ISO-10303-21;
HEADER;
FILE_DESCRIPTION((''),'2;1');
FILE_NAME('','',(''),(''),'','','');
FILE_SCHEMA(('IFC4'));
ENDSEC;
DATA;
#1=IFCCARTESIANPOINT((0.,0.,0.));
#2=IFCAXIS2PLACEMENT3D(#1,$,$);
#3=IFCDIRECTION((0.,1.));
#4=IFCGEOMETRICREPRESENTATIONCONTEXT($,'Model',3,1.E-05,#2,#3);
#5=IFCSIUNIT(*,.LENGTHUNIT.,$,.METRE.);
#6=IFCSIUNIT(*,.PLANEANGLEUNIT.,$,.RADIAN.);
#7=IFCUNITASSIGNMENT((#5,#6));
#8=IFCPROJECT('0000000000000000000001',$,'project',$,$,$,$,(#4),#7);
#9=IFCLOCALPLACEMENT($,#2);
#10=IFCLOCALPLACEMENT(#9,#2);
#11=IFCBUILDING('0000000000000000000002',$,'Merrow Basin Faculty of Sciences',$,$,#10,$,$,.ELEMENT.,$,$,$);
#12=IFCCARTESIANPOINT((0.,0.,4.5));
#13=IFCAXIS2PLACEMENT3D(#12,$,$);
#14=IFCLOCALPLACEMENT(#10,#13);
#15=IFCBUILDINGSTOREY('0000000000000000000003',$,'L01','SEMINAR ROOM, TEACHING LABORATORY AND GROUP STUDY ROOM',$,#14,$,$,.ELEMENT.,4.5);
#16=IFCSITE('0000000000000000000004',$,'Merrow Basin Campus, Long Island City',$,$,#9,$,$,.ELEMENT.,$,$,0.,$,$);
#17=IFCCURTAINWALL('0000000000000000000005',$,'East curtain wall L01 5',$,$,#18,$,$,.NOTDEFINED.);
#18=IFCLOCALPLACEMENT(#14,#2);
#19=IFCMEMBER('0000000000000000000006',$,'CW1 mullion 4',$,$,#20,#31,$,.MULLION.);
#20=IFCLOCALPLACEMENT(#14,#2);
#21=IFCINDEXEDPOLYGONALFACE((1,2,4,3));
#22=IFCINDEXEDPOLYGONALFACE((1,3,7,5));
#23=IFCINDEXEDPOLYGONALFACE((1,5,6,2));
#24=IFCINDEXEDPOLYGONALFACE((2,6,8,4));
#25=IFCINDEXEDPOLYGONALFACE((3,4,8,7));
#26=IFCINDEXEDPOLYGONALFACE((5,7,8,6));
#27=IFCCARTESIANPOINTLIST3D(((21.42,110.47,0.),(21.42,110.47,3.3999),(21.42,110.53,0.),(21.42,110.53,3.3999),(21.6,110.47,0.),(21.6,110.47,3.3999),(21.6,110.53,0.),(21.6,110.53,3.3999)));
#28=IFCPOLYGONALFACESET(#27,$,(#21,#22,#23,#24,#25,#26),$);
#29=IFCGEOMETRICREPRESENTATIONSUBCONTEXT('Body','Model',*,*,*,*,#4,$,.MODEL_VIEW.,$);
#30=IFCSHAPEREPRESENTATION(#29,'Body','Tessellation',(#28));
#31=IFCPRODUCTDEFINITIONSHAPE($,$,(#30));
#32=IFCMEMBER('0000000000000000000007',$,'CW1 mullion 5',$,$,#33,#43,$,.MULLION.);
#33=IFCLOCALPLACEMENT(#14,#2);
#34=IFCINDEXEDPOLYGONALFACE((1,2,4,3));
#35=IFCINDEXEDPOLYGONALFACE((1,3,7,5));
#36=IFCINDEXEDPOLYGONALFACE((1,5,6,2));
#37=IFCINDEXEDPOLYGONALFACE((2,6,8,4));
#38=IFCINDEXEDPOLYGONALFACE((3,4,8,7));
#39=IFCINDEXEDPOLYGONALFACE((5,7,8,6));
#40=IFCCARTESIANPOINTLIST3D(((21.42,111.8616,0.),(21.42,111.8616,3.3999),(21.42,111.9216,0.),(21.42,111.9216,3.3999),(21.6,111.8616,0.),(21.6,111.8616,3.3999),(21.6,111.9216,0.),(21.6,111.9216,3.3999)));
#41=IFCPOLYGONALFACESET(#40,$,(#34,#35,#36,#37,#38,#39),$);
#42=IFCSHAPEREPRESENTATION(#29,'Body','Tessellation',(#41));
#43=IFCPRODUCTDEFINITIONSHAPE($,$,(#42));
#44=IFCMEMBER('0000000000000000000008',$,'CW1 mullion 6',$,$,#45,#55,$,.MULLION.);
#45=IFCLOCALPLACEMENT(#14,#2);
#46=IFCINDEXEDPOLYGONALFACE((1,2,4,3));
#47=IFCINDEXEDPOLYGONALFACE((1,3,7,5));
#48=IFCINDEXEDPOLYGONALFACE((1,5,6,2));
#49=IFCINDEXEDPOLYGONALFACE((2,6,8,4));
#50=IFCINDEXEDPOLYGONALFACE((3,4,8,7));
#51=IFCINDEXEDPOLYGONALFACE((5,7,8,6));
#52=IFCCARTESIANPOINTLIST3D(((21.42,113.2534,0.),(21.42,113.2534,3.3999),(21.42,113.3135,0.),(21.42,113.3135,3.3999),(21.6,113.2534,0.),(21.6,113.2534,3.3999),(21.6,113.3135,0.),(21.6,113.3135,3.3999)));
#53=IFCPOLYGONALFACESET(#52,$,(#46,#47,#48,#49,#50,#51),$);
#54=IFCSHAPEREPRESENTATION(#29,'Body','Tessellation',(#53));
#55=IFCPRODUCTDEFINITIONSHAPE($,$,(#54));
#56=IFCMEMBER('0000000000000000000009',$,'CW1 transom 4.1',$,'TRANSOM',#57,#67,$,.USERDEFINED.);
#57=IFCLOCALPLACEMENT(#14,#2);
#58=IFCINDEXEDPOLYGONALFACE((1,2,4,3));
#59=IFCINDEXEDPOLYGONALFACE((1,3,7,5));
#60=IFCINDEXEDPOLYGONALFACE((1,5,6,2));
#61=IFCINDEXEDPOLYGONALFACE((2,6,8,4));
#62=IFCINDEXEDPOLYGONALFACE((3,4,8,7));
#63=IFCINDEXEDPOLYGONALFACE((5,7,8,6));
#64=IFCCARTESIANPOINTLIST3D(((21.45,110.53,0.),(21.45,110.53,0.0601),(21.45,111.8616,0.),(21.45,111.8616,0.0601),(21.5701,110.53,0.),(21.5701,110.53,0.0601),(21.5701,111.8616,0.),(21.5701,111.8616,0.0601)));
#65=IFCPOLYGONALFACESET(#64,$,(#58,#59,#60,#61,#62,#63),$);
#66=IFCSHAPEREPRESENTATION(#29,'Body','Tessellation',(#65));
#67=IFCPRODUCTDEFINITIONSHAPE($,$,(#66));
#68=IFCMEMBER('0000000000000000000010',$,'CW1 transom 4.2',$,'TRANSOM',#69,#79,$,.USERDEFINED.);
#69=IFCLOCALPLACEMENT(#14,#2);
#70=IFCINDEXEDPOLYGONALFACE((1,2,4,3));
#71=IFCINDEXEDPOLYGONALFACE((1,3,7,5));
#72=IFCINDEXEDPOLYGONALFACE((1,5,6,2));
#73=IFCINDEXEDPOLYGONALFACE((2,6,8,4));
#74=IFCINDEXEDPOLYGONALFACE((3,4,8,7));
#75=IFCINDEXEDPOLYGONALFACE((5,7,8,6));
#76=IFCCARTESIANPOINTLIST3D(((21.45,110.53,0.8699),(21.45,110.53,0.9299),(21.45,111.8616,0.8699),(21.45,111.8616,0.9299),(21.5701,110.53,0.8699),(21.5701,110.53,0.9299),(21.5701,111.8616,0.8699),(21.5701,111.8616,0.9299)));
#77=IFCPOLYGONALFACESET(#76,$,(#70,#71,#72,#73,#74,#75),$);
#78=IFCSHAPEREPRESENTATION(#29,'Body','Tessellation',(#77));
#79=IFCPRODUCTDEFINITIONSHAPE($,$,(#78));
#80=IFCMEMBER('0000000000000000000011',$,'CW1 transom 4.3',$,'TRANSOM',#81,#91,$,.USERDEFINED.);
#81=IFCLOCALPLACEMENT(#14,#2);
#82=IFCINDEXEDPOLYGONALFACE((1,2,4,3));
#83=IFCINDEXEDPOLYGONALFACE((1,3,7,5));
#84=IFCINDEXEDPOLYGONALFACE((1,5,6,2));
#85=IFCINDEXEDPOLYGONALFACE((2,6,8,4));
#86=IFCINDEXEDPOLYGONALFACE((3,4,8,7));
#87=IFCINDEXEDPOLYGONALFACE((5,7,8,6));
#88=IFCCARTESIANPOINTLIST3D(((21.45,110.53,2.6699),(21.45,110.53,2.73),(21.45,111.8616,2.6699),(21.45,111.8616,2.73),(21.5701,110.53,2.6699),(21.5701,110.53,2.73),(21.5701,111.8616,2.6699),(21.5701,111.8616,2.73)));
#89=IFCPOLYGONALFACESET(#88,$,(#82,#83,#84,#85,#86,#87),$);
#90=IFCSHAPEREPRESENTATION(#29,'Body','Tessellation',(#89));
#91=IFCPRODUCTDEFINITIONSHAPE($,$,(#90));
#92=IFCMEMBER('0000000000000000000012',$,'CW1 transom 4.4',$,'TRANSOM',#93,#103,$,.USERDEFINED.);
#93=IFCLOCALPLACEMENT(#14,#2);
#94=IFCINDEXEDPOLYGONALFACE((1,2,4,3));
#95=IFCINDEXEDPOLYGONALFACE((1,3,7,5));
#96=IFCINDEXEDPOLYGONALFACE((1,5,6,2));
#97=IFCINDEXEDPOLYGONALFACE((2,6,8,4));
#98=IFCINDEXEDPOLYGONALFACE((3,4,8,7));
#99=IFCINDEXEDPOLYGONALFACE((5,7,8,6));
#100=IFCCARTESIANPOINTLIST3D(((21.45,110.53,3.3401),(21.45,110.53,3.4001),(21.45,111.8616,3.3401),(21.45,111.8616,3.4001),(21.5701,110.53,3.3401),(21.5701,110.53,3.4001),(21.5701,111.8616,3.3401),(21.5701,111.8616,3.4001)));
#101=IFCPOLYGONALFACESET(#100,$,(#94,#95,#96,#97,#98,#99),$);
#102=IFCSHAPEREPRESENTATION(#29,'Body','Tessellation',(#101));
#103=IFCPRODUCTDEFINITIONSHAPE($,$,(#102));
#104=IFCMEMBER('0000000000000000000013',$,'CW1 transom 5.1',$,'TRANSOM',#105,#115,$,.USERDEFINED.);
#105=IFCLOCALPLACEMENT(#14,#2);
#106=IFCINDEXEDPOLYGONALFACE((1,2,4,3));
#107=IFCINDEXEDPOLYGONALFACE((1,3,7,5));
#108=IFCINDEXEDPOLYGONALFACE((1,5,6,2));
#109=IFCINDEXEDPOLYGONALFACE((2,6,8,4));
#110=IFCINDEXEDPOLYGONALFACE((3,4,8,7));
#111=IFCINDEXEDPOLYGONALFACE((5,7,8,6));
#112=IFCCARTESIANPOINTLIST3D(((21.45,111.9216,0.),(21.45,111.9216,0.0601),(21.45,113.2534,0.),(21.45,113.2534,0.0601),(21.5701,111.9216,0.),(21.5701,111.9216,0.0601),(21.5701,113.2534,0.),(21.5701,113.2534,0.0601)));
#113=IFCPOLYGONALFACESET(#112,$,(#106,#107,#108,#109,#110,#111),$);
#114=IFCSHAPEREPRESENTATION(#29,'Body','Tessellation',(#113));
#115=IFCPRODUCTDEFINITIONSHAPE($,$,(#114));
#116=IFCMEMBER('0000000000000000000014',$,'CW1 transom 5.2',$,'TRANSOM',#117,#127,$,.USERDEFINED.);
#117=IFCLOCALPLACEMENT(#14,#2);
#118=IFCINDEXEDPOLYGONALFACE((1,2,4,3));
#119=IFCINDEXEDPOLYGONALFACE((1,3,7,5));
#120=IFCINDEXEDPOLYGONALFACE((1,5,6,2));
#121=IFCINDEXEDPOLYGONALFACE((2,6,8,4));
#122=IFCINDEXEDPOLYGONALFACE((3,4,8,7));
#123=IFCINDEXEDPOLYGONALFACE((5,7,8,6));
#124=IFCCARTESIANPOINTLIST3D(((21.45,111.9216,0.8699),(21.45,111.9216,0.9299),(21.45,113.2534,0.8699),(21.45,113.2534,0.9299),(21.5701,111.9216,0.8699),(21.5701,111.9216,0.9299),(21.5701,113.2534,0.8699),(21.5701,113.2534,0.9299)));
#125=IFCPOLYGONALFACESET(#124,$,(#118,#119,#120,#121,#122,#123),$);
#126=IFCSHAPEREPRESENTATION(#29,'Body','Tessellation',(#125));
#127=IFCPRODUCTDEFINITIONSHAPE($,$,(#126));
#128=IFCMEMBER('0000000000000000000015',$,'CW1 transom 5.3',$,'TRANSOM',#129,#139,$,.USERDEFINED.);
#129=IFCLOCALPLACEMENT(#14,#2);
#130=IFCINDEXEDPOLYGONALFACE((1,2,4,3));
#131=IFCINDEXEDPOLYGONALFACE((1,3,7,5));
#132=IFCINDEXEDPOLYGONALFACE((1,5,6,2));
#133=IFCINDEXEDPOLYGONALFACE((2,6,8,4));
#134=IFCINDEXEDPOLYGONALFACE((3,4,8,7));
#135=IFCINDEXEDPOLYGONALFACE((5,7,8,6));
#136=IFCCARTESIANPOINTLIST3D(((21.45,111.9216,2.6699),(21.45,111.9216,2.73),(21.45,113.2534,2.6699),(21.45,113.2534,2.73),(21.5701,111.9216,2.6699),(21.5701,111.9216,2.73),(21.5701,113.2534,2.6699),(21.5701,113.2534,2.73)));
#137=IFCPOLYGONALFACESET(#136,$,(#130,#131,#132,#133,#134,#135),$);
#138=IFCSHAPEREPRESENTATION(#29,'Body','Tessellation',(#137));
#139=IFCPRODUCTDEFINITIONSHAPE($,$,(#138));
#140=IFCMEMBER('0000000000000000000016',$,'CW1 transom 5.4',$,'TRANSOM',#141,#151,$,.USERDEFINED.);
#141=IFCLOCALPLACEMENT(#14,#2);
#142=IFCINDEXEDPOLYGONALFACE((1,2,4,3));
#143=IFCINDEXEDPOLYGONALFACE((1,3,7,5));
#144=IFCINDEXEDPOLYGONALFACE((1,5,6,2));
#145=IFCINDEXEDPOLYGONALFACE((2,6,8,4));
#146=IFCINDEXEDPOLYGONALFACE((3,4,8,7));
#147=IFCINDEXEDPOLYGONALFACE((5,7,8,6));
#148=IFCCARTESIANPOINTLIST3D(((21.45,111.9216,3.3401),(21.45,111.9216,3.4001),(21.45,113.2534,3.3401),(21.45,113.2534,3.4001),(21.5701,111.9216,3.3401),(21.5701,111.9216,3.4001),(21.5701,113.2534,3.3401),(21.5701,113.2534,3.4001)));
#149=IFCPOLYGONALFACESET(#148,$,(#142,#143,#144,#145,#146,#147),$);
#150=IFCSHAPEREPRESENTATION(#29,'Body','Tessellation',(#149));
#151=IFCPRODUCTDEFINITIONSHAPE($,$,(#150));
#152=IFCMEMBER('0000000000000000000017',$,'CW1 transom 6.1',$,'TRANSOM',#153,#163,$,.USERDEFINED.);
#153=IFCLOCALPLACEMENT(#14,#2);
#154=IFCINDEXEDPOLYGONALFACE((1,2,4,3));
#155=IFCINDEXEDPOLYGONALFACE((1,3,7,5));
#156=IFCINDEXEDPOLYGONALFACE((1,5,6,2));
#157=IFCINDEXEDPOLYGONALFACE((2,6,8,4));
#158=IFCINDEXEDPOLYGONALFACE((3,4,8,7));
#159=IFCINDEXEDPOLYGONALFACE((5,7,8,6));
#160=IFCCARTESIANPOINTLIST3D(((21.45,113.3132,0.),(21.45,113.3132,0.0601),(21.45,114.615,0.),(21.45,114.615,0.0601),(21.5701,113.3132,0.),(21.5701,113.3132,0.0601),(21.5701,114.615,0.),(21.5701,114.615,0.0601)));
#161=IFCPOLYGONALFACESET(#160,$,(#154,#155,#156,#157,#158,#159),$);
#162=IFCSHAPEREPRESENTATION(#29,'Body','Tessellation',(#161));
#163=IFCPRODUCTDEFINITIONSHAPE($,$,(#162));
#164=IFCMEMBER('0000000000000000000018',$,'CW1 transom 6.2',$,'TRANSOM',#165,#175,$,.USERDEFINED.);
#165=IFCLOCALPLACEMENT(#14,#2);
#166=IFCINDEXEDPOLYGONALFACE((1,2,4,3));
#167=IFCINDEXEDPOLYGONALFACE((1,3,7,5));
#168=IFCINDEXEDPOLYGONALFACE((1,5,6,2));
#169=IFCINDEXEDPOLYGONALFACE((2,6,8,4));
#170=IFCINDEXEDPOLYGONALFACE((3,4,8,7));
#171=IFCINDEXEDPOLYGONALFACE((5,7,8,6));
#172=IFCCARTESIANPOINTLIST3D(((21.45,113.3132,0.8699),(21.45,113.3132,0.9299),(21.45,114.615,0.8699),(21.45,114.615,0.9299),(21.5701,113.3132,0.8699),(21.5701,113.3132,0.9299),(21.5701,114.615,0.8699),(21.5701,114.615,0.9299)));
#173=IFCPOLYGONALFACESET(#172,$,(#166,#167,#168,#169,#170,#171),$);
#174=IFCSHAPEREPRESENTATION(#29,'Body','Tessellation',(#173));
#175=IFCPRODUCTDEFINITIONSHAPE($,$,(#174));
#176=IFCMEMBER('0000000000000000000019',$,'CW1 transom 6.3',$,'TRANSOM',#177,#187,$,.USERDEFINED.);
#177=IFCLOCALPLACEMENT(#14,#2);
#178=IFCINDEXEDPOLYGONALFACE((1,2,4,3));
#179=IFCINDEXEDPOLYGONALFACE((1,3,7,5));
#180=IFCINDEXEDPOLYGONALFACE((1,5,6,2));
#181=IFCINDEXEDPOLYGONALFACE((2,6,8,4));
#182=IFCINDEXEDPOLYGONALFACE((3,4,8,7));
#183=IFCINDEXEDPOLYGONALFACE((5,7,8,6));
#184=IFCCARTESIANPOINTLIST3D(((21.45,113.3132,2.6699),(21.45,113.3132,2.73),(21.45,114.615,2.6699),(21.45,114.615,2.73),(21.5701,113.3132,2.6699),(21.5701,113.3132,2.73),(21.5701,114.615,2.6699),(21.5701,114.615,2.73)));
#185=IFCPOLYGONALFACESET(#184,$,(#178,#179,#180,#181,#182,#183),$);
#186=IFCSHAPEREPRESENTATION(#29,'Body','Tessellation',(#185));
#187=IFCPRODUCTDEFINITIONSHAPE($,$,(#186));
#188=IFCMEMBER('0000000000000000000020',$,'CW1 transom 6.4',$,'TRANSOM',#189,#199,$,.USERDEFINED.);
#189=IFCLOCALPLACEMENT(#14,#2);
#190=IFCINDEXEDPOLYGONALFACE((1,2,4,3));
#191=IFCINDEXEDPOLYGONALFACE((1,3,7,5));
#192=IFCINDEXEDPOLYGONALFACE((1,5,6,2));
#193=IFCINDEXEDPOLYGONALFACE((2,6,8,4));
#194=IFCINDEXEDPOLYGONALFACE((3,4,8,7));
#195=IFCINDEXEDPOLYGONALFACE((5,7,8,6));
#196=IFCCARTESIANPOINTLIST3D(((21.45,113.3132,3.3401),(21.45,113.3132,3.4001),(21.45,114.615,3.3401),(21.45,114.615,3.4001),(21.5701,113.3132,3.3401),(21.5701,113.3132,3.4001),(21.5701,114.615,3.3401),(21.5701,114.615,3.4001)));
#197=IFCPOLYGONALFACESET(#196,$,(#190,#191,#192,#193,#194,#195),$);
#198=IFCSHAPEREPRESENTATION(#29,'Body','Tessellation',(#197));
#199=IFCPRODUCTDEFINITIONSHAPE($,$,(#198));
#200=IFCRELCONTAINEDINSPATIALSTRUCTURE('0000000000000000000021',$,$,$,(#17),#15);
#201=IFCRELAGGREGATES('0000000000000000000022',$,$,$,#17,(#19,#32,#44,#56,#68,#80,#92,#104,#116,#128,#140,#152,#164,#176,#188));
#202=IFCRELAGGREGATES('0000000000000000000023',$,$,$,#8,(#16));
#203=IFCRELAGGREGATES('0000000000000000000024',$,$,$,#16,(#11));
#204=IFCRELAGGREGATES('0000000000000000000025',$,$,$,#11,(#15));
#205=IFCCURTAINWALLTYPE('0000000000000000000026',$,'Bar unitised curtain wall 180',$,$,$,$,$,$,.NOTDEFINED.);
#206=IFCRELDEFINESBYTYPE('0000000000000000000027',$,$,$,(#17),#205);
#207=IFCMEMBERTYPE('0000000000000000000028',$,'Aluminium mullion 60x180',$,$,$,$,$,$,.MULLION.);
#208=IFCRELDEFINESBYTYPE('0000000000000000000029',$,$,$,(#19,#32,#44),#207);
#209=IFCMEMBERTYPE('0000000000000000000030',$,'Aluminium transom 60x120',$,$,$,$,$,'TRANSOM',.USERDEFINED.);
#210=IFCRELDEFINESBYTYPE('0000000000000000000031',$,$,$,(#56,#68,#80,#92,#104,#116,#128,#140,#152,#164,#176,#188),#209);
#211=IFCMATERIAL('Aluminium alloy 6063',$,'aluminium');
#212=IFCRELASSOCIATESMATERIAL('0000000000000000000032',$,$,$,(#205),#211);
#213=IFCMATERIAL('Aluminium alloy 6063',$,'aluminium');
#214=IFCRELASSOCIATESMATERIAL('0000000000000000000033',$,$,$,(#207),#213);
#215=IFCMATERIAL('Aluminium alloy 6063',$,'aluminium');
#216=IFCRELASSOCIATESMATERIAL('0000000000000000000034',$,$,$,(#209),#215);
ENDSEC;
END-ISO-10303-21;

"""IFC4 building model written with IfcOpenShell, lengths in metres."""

from ifc_helpers import new_model, si_unit, direction, frame, origin, origin_2d, place, context, subcontext, project, spatial, rectangle, extrude, material, material_profile, profile_set, type_object, element, aggregate, save


model = new_model("IFC4")

# Units and contexts
model_context = context("Model", 3, precision=1e-05, world=origin(), true_north=direction((0.0, 1.0)))
body_context = subcontext(model_context, "Body", "Model", "MODEL_VIEW")
ifc_project = project(units=[si_unit("LENGTHUNIT", "METRE"), si_unit("PLANEANGLEUNIT", "RADIAN")], contexts=[model_context])

# Site, building, storey
site_placement = place(None, origin())
site = spatial("IfcSite", under=ifc_project, at=site_placement, Name="Merrow Basin Campus, Long Island City", CompositionType="ELEMENT", RefElevation=0.0)
building_placement = place(site_placement, origin())
building = spatial("IfcBuilding", under=site, at=building_placement, Name="Merrow Basin Faculty of Sciences", CompositionType="ELEMENT")
storey_placement = place(building_placement, frame((0.0, 0.0, 4.5)))
storey = spatial("IfcBuildingStorey", under=building, at=storey_placement, Name="L01", Description="SEMINAR ROOM, TEACHING LABORATORY AND GROUP STUDY ROOM", CompositionType="ELEMENT", Elevation=4.5)

# Curtain wall, members
ifc_material_1 = material(Name="Aluminium alloy 6063", Category="aluminium")
curtain_wall_type = type_object("IfcCurtainWallType", Name="Bar unitised curtain wall 180", PredefinedType="NOTDEFINED", material=ifc_material_1)
curtain_wall_placement = place(storey_placement, origin())
curtain_wall = element("IfcCurtainWall", 1, at=curtain_wall_placement, inside=storey, type_object=curtain_wall_type, Name="East curtain wall L01 5", PredefinedType="NOTDEFINED")
ifc_material_2 = material(Name="Aluminium alloy 6063", Category="aluminium")
ifc_material_profile_1 = material_profile(ifc_material_2, rectangle(XDim=0.1799, YDim=0.0601, at=origin_2d()))
ifc_profile_set_1 = profile_set([ifc_material_profile_1], Name="Aluminium alloy 6063")
member_type_1 = type_object("IfcMemberType", Name="Aluminium mullion 60x180", PredefinedType="MULLION", material=ifc_profile_set_1)
member_1_placement = place(storey_placement, frame((21.51, 110.5, 0.0), z_axis=(0.0, 0.0, 1.0), x_axis=(-1.0, 0.0, 0.0)))
member_1 = element("IfcMember", 2, at=member_1_placement, type_object=member_type_1, Name="CW1 mullion 4", PredefinedType="MULLION", context=body_context, shape_type="SweptSolid", body=[
    extrude(rectangle(XDim=0.1799, YDim=0.0601, at=origin_2d()), origin(), (0.0, 0.0, 1.0), 3.3999),
])
member_2_placement = place(storey_placement, frame((21.51, 111.8916, 0.0), z_axis=(0.0, 0.0, 1.0), x_axis=(-1.0, 0.0, 0.0)))
member_2 = element("IfcMember", 3, at=member_2_placement, type_object=member_type_1, Name="CW1 mullion 5", PredefinedType="MULLION", context=body_context, shape_type="SweptSolid", body=[
    extrude(rectangle(XDim=0.1799, YDim=0.0601, at=origin_2d()), origin(), (0.0, 0.0, 1.0), 3.3999),
])
member_3_placement = place(storey_placement, frame((21.51, 113.2834, 0.0), z_axis=(0.0, 0.0, 1.0), x_axis=(-1.0, 0.0, 0.0)))
member_3 = element("IfcMember", 4, at=member_3_placement, type_object=member_type_1, Name="CW1 mullion 6", PredefinedType="MULLION", context=body_context, shape_type="SweptSolid", body=[
    extrude(rectangle(XDim=0.1799, YDim=0.0601, at=origin_2d()), origin(), (0.0, 0.0, 1.0), 3.3999),
])
ifc_material_3 = material(Name="Aluminium alloy 6063", Category="aluminium")
ifc_material_profile_2 = material_profile(ifc_material_3, rectangle(XDim=0.1201, YDim=0.0601, at=origin_2d()))
ifc_profile_set_2 = profile_set([ifc_material_profile_2], Name="Aluminium alloy 6063")
member_type_2 = type_object("IfcMemberType", Name="Aluminium transom 60x120", ElementType="TRANSOM", PredefinedType="USERDEFINED", material=ifc_profile_set_2)
member_4_placement = place(storey_placement, frame((21.51, 110.53, 0.03), z_axis=(0.0, 1.0, 0.0), x_axis=(-1.0, 0.0, 0.0)))
member_4 = element("IfcMember", 5, at=member_4_placement, type_object=member_type_2, Name="CW1 transom 4.1", ObjectType="TRANSOM", PredefinedType="USERDEFINED", context=body_context, shape_type="SweptSolid", body=[
    extrude(rectangle(XDim=0.1201, YDim=0.0601, at=origin_2d()), origin(), (0.0, 0.0, 1.0), 1.3315),
])
member_5_placement = place(storey_placement, frame((21.51, 110.53, 0.8999), z_axis=(0.0, 1.0, 0.0), x_axis=(-1.0, 0.0, 0.0)))
member_5 = element("IfcMember", 6, at=member_5_placement, type_object=member_type_2, Name="CW1 transom 4.2", ObjectType="TRANSOM", PredefinedType="USERDEFINED", context=body_context, shape_type="SweptSolid", body=[
    extrude(rectangle(XDim=0.1201, YDim=0.0601, at=origin_2d()), origin(), (0.0, 0.0, 1.0), 1.3315),
])
member_6_placement = place(storey_placement, frame((21.51, 110.53, 2.7), z_axis=(0.0, 1.0, 0.0), x_axis=(-1.0, 0.0, 0.0)))
member_6 = element("IfcMember", 7, at=member_6_placement, type_object=member_type_2, Name="CW1 transom 4.3", ObjectType="TRANSOM", PredefinedType="USERDEFINED", context=body_context, shape_type="SweptSolid", body=[
    extrude(rectangle(XDim=0.1201, YDim=0.0601, at=origin_2d()), origin(), (0.0, 0.0, 1.0), 1.3315),
])
member_7_placement = place(storey_placement, frame((21.51, 110.53, 3.3701), z_axis=(0.0, 1.0, 0.0), x_axis=(-1.0, 0.0, 0.0)))
member_7 = element("IfcMember", 8, at=member_7_placement, type_object=member_type_2, Name="CW1 transom 4.4", ObjectType="TRANSOM", PredefinedType="USERDEFINED", context=body_context, shape_type="SweptSolid", body=[
    extrude(rectangle(XDim=0.1201, YDim=0.0601, at=origin_2d()), origin(), (0.0, 0.0, 1.0), 1.3315),
])
member_8_placement = place(storey_placement, frame((21.51, 111.9216, 0.03), z_axis=(0.0, 1.0, 0.0), x_axis=(-1.0, 0.0, 0.0)))
member_8 = element("IfcMember", 9, at=member_8_placement, type_object=member_type_2, Name="CW1 transom 5.1", ObjectType="TRANSOM", PredefinedType="USERDEFINED", context=body_context, shape_type="SweptSolid", body=[
    extrude(rectangle(XDim=0.1201, YDim=0.0601, at=origin_2d()), origin(), (0.0, 0.0, 1.0), 1.3318),
])
member_9_placement = place(storey_placement, frame((21.51, 111.9216, 0.8999), z_axis=(0.0, 1.0, 0.0), x_axis=(-1.0, 0.0, 0.0)))
member_9 = element("IfcMember", 10, at=member_9_placement, type_object=member_type_2, Name="CW1 transom 5.2", ObjectType="TRANSOM", PredefinedType="USERDEFINED", context=body_context, shape_type="SweptSolid", body=[
    extrude(rectangle(XDim=0.1201, YDim=0.0601, at=origin_2d()), origin(), (0.0, 0.0, 1.0), 1.3318),
])
member_10_placement = place(storey_placement, frame((21.51, 111.9216, 2.7), z_axis=(0.0, 1.0, 0.0), x_axis=(-1.0, 0.0, 0.0)))
member_10 = element("IfcMember", 11, at=member_10_placement, type_object=member_type_2, Name="CW1 transom 5.3", ObjectType="TRANSOM", PredefinedType="USERDEFINED", context=body_context, shape_type="SweptSolid", body=[
    extrude(rectangle(XDim=0.1201, YDim=0.0601, at=origin_2d()), origin(), (0.0, 0.0, 1.0), 1.3318),
])
member_11_placement = place(storey_placement, frame((21.51, 111.9216, 3.3701), z_axis=(0.0, 1.0, 0.0), x_axis=(-1.0, 0.0, 0.0)))
member_11 = element("IfcMember", 12, at=member_11_placement, type_object=member_type_2, Name="CW1 transom 5.4", ObjectType="TRANSOM", PredefinedType="USERDEFINED", context=body_context, shape_type="SweptSolid", body=[
    extrude(rectangle(XDim=0.1201, YDim=0.0601, at=origin_2d()), origin(), (0.0, 0.0, 1.0), 1.3318),
])
member_12_placement = place(storey_placement, frame((21.51, 113.3132, 0.03), z_axis=(0.0, 1.0, 0.0), x_axis=(-1.0, 0.0, 0.0)))
member_12 = element("IfcMember", 13, at=member_12_placement, type_object=member_type_2, Name="CW1 transom 6.1", ObjectType="TRANSOM", PredefinedType="USERDEFINED", context=body_context, shape_type="SweptSolid", body=[
    extrude(rectangle(XDim=0.1201, YDim=0.0601, at=origin_2d()), origin(), (0.0, 0.0, 1.0), 1.3018),
])
member_13_placement = place(storey_placement, frame((21.51, 113.3132, 0.8999), z_axis=(0.0, 1.0, 0.0), x_axis=(-1.0, 0.0, 0.0)))
member_13 = element("IfcMember", 14, at=member_13_placement, type_object=member_type_2, Name="CW1 transom 6.2", ObjectType="TRANSOM", PredefinedType="USERDEFINED", context=body_context, shape_type="SweptSolid", body=[
    extrude(rectangle(XDim=0.1201, YDim=0.0601, at=origin_2d()), origin(), (0.0, 0.0, 1.0), 1.3018),
])
member_14_placement = place(storey_placement, frame((21.51, 113.3132, 2.7), z_axis=(0.0, 1.0, 0.0), x_axis=(-1.0, 0.0, 0.0)))
member_14 = element("IfcMember", 15, at=member_14_placement, type_object=member_type_2, Name="CW1 transom 6.3", ObjectType="TRANSOM", PredefinedType="USERDEFINED", context=body_context, shape_type="SweptSolid", body=[
    extrude(rectangle(XDim=0.1201, YDim=0.0601, at=origin_2d()), origin(), (0.0, 0.0, 1.0), 1.3018),
])
member_15_placement = place(storey_placement, frame((21.51, 113.3132, 3.3701), z_axis=(0.0, 1.0, 0.0), x_axis=(-1.0, 0.0, 0.0)))
member_15 = element("IfcMember", 16, at=member_15_placement, type_object=member_type_2, Name="CW1 transom 6.4", ObjectType="TRANSOM", PredefinedType="USERDEFINED", context=body_context, shape_type="SweptSolid", body=[
    extrude(rectangle(XDim=0.1201, YDim=0.0601, at=origin_2d()), origin(), (0.0, 0.0, 1.0), 1.3018),
])
aggregate(curtain_wall, [member_1, member_2, member_3, member_4, member_5, member_6, member_7, member_8, member_9, member_10, member_11, member_12, member_13, member_14, member_15])

save(model, "model.ifc")
